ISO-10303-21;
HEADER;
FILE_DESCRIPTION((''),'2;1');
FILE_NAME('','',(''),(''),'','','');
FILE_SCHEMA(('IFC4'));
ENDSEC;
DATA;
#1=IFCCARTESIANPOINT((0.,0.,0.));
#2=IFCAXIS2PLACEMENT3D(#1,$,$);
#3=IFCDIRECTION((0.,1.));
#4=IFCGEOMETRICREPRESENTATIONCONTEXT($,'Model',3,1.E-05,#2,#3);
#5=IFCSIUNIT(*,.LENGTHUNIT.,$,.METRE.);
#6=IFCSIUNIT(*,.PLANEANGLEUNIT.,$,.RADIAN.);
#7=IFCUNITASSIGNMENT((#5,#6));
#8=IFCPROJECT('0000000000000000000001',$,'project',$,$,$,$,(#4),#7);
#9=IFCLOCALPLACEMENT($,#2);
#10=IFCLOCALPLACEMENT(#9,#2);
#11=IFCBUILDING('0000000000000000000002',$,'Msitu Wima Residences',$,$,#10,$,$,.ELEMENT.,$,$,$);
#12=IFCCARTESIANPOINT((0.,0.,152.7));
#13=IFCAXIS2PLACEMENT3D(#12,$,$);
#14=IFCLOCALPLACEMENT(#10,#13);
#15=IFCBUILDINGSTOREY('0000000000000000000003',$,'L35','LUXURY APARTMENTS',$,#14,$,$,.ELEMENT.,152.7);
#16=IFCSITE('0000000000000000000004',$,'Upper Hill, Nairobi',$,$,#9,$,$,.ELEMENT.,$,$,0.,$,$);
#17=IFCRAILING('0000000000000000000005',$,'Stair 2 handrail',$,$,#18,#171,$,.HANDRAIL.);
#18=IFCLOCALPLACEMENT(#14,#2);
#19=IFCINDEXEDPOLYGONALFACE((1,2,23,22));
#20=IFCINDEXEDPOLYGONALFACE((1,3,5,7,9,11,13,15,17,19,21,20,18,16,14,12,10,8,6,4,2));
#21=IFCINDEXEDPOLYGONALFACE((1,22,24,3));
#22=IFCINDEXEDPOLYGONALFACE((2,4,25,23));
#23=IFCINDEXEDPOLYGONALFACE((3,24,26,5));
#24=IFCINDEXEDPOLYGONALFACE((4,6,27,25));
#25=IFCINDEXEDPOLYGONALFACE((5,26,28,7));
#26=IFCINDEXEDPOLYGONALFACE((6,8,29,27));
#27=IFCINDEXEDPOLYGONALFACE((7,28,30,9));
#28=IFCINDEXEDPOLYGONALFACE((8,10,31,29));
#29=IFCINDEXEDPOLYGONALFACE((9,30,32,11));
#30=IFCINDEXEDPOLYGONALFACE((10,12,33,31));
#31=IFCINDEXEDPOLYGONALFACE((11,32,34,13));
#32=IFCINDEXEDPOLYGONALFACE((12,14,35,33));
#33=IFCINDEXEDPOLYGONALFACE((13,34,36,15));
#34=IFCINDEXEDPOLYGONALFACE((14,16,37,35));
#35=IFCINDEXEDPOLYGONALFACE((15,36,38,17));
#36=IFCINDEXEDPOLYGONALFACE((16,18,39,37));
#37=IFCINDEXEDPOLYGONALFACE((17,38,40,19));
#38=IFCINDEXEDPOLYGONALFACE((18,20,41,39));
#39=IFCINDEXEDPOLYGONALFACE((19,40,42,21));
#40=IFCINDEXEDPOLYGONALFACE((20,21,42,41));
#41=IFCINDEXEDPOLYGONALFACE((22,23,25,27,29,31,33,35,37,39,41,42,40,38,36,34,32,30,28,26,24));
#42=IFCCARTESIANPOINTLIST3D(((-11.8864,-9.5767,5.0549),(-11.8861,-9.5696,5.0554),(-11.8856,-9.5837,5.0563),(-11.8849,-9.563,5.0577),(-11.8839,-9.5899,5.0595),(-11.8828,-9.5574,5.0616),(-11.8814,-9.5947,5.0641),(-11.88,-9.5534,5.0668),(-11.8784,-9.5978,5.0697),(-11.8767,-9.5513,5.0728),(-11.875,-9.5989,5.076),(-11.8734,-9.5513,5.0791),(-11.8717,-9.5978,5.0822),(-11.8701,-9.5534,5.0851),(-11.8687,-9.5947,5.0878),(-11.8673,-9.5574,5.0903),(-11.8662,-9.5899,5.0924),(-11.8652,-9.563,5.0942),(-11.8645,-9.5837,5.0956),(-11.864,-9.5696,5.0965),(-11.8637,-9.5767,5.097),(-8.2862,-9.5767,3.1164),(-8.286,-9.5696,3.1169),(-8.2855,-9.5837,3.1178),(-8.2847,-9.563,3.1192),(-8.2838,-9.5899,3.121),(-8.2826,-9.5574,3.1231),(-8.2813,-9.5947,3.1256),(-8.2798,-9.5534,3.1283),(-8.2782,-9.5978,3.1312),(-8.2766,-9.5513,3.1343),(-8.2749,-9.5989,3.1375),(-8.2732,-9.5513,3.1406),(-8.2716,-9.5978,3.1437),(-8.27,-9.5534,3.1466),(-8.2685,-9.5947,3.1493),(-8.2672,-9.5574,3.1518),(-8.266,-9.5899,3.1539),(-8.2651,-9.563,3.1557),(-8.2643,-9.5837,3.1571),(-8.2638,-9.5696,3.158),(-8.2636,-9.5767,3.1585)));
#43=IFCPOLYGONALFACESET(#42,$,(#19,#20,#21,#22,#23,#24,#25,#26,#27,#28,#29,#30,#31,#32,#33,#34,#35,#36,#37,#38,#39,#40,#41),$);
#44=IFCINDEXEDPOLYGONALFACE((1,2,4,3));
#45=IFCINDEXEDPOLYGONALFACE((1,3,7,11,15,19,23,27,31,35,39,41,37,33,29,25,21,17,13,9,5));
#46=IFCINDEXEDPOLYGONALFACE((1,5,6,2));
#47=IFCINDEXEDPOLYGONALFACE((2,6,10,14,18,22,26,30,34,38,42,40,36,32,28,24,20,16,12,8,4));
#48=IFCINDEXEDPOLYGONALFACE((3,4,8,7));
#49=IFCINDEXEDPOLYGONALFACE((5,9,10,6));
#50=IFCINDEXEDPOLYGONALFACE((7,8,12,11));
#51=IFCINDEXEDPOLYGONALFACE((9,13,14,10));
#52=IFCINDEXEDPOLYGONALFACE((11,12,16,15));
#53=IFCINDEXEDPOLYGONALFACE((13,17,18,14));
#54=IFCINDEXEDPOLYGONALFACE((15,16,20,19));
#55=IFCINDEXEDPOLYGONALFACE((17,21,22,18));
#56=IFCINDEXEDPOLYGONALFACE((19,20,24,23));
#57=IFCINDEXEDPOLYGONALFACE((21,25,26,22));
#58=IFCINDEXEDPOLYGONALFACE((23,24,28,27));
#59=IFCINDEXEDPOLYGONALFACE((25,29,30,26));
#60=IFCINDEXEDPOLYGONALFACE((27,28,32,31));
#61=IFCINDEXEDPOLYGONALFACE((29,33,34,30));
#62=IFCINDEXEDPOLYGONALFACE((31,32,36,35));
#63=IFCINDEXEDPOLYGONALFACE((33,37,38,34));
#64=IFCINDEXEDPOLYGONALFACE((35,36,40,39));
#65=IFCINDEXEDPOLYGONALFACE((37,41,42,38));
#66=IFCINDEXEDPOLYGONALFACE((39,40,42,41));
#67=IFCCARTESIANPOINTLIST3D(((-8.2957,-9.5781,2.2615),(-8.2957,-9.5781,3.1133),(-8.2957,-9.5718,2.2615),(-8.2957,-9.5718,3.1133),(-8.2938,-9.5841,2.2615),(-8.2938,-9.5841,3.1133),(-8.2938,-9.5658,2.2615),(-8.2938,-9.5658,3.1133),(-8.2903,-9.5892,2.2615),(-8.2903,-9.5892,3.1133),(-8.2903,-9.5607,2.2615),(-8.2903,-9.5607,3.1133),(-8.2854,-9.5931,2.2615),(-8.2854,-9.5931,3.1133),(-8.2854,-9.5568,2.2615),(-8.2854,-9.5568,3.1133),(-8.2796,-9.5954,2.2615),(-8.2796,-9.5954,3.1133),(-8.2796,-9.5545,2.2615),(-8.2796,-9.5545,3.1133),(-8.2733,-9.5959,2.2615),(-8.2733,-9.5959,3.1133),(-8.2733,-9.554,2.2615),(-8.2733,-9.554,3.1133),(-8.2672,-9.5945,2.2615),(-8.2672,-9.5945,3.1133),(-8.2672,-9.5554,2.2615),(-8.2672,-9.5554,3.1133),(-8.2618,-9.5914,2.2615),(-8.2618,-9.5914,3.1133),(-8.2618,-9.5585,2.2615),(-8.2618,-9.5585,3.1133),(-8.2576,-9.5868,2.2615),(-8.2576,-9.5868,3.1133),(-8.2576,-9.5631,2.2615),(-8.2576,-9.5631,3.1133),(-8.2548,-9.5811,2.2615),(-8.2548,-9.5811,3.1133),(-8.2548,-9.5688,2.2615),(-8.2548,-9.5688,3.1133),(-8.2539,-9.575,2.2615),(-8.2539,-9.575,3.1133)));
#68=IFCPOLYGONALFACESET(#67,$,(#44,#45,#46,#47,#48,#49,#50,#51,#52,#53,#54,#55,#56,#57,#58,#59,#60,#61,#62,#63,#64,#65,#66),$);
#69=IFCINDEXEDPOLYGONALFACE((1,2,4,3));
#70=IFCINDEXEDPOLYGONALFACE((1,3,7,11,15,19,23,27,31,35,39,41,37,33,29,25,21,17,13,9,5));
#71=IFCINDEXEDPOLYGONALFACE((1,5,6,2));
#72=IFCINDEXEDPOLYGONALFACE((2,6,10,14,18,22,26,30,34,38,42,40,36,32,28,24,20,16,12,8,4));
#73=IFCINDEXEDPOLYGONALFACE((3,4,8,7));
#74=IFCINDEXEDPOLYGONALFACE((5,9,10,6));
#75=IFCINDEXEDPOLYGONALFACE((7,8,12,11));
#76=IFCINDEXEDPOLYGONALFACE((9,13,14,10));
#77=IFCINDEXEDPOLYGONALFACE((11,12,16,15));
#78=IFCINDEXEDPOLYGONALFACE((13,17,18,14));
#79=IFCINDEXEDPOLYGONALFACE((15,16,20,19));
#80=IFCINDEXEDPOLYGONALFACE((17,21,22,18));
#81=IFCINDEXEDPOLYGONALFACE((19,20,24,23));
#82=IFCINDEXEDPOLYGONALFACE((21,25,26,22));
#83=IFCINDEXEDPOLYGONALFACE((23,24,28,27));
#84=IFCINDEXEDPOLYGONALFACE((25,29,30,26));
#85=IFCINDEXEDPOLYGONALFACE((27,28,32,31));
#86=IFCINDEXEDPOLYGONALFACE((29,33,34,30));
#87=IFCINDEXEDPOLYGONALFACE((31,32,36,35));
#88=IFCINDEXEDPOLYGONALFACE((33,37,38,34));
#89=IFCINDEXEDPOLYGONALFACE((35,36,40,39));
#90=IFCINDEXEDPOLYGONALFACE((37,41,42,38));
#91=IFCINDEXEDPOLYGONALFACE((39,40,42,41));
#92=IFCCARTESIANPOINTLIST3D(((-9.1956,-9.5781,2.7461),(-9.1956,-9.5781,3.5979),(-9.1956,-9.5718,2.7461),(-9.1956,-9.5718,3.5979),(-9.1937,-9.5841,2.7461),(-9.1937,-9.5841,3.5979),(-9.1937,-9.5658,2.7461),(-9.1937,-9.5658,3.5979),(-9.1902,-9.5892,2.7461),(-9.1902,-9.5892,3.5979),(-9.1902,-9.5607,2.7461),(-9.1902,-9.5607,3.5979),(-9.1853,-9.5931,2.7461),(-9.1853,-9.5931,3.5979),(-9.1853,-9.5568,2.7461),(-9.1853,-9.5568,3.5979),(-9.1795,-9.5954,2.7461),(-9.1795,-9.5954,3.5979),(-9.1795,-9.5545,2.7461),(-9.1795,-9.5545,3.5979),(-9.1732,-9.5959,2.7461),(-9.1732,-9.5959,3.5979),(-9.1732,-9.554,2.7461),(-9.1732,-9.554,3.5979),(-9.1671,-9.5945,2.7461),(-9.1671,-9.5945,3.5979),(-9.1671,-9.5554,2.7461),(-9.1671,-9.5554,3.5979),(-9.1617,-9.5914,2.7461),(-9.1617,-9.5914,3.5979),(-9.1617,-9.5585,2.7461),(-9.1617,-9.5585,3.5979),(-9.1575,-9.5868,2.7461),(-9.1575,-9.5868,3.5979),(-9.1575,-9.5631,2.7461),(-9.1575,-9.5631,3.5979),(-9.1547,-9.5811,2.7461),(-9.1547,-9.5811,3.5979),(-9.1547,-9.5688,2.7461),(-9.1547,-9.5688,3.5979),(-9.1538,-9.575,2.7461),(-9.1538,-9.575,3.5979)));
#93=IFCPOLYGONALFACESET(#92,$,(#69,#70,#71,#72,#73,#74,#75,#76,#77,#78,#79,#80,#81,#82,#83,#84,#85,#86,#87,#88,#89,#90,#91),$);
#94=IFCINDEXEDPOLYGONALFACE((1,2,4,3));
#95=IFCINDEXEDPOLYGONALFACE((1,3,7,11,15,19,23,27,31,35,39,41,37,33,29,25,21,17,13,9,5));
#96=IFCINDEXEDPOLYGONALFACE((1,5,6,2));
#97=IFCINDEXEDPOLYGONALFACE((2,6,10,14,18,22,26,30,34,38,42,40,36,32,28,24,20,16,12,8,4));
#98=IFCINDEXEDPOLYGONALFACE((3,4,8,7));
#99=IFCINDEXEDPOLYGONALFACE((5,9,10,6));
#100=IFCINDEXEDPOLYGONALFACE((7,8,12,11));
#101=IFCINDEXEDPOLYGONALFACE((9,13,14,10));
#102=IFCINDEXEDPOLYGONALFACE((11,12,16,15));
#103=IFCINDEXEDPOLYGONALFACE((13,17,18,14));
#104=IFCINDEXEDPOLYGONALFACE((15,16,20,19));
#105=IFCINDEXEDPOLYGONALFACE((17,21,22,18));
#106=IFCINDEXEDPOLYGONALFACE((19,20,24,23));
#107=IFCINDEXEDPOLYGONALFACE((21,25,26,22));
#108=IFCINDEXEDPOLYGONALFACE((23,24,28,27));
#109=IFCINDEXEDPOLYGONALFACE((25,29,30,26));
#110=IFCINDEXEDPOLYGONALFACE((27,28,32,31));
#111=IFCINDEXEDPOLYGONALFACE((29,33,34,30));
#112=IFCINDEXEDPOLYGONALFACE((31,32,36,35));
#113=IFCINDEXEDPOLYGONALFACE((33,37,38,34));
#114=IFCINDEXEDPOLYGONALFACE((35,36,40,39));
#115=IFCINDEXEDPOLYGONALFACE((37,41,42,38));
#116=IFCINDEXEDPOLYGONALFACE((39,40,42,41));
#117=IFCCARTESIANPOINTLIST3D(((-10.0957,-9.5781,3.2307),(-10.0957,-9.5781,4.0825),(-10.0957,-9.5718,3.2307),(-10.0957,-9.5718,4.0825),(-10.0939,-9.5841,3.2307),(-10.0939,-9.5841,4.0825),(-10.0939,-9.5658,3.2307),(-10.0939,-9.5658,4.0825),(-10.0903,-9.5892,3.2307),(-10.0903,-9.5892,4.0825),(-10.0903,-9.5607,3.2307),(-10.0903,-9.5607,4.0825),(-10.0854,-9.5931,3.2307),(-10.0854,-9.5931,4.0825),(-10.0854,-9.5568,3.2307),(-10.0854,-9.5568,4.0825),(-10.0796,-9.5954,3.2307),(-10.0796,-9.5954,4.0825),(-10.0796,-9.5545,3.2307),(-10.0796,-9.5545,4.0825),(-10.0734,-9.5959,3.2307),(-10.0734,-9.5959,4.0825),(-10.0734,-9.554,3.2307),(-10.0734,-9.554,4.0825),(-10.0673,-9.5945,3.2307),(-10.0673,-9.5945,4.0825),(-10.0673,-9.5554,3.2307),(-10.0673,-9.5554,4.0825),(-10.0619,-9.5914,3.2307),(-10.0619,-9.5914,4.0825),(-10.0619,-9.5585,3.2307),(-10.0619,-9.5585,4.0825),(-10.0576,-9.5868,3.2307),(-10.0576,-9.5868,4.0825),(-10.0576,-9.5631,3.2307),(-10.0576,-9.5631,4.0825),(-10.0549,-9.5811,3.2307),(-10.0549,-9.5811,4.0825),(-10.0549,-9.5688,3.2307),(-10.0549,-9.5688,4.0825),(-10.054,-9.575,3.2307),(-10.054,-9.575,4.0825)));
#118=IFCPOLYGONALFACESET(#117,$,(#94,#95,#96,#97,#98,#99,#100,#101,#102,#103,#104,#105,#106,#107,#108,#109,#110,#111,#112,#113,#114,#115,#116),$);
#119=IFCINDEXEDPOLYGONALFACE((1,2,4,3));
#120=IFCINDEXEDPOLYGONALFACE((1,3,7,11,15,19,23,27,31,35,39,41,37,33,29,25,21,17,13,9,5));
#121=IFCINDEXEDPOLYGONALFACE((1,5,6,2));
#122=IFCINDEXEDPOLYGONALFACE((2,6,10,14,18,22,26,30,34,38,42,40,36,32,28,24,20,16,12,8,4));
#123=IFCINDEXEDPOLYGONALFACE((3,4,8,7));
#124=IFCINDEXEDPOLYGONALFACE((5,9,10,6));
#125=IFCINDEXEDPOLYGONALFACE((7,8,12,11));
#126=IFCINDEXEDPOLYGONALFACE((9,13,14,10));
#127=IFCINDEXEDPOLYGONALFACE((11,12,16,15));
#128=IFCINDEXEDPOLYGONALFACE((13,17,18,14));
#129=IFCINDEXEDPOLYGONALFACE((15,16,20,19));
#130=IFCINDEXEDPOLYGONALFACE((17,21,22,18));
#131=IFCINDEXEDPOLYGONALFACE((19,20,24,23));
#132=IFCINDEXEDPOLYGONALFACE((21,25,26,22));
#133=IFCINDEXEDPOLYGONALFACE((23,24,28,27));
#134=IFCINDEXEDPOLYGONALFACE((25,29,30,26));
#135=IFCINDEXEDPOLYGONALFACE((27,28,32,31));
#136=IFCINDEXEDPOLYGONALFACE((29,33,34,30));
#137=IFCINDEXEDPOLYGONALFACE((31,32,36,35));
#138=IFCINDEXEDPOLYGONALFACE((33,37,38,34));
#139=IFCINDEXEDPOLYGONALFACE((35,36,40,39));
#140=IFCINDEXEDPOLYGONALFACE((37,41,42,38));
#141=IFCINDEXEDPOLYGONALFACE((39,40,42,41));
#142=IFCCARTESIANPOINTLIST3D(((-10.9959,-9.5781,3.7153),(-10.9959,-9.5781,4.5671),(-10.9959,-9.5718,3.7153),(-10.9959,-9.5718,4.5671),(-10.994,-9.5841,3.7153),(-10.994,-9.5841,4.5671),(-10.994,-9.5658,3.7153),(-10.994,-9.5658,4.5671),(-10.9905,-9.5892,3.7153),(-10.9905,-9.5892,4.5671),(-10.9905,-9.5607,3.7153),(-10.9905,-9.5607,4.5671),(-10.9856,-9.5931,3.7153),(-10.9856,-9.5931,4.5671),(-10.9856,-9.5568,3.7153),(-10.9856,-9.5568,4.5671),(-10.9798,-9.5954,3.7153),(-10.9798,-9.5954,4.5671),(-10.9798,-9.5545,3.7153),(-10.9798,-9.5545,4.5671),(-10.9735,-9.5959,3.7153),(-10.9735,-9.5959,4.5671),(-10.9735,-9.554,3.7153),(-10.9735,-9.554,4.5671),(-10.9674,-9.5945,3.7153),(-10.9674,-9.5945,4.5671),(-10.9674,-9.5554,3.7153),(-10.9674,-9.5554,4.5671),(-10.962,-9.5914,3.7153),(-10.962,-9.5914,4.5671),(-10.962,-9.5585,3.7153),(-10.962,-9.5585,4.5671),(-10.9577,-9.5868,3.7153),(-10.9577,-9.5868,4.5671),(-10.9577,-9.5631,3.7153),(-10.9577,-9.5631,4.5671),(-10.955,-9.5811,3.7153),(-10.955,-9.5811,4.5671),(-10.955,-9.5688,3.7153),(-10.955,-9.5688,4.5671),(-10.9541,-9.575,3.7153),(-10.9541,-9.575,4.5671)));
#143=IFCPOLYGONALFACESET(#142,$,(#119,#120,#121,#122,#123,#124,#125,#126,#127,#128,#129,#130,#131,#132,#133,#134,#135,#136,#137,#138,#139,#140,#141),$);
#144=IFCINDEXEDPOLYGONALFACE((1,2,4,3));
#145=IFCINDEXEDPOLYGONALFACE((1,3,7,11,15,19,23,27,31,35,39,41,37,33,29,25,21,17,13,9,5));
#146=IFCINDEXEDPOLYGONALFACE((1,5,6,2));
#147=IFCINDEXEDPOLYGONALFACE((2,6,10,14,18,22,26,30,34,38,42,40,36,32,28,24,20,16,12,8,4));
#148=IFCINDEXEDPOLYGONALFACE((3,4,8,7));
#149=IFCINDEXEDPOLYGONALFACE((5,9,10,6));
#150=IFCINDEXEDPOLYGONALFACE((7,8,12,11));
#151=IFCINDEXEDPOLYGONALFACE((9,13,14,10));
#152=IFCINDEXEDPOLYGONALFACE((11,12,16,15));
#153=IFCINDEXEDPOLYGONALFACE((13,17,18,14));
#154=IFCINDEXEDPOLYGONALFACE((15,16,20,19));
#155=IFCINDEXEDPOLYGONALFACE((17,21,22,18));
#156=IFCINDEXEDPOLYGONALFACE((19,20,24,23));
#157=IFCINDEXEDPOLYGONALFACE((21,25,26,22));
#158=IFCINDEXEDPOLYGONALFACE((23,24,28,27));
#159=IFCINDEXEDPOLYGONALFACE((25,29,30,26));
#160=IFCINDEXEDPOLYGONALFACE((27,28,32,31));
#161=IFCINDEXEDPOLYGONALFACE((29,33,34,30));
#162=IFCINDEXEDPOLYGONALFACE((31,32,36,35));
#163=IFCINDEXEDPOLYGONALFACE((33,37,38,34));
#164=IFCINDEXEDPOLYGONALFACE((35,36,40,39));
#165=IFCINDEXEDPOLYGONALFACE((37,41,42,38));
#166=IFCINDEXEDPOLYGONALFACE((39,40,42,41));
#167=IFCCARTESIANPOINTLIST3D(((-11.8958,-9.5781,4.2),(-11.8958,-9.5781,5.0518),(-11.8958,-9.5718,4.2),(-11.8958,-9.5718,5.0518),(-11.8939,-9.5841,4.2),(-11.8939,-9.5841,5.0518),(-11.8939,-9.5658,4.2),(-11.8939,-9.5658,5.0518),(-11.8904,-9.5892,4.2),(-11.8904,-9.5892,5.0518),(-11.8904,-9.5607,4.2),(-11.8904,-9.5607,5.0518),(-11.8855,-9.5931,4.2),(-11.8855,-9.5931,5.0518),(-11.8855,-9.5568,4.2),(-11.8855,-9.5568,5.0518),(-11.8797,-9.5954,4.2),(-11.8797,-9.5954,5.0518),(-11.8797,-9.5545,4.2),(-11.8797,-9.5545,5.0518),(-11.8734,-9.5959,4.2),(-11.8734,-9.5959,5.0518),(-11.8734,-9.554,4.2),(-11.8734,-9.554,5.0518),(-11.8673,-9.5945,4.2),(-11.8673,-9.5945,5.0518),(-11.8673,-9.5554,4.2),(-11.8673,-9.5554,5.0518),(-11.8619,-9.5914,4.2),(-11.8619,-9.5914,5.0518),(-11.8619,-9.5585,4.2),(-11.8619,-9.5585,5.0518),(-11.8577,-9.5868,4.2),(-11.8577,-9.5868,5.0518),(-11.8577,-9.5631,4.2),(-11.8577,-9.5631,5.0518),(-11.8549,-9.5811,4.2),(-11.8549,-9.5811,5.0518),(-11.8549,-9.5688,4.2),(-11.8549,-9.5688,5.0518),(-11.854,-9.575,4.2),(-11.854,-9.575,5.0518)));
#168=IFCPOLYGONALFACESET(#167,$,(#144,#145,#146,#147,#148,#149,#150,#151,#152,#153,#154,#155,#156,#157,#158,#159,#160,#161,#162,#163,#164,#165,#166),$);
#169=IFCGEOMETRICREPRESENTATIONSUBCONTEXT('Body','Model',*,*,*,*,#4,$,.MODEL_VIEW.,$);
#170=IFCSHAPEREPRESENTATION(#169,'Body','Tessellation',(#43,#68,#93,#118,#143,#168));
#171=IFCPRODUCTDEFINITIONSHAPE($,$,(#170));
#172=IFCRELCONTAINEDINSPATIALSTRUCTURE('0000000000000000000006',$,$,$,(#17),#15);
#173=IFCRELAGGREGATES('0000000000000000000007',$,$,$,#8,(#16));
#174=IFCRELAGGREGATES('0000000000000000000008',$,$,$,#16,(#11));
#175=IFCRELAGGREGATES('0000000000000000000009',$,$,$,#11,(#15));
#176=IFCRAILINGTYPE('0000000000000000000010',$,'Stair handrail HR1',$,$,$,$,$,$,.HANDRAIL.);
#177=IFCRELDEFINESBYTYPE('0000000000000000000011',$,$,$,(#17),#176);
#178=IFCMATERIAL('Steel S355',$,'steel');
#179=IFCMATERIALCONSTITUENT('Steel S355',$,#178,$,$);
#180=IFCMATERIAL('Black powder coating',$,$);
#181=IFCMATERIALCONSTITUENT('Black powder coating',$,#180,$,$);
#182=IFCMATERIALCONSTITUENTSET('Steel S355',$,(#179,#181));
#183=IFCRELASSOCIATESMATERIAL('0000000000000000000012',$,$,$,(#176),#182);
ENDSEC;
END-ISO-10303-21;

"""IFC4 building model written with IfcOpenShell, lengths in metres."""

from ifc_helpers import new_model, si_unit, direction, frame, origin, origin_2d, place, context, subcontext, project, spatial, circle, extrude, material, constituent, constituent_set, type_object, element, save


model = new_model("IFC4")

# Units and contexts
model_context = context("Model", 3, precision=1e-05, world=origin(), true_north=direction((0.0, 1.0)))
body_context = subcontext(model_context, "Body", "Model", "MODEL_VIEW")
ifc_project = project(units=[si_unit("LENGTHUNIT", "METRE"), si_unit("PLANEANGLEUNIT", "RADIAN")], contexts=[model_context])

# Site, building, storey
site_placement = place(None, origin())
site = spatial("IfcSite", under=ifc_project, at=site_placement, Name="Upper Hill, Nairobi", CompositionType="ELEMENT", RefElevation=0.0)
building_placement = place(site_placement, origin())
building = spatial("IfcBuilding", under=site, at=building_placement, Name="Msitu Wima Residences", CompositionType="ELEMENT")
storey_placement = place(building_placement, frame((0.0, 0.0, 152.7)))
storey = spatial("IfcBuildingStorey", under=building, at=storey_placement, Name="L35", Description="LUXURY APARTMENTS", CompositionType="ELEMENT", Elevation=152.7)

# Railing
ifc_material_1 = material(Name="Steel S355", Category="steel")
ifc_constituent_1 = constituent(ifc_material_1, Name="Steel S355")
ifc_material_2 = material(Name="Black powder coating")
ifc_constituent_2 = constituent(ifc_material_2, Name="Black powder coating")
ifc_constituent_set = constituent_set(constituents=[ifc_constituent_1, ifc_constituent_2], Name="Steel S355")
railing_type = type_object("IfcRailingType", Name="Stair handrail HR1", PredefinedType="HANDRAIL", material=ifc_constituent_set)
railing_placement = place(storey_placement, frame((-8.2749, -9.575, 2.2615)))
element("IfcRailing", 1, at=railing_placement, inside=storey, type_object=railing_type, Name="Stair 2 handrail", PredefinedType="HANDRAIL", context=body_context, shape_type="SweptSolid", body=[
    extrude(circle(Radius=0.0239, at=origin_2d()), frame((0.0, 0.0, 0.876), z_axis=(-0.880475, 0.0, 0.474093), x_axis=(0.0, -1.0, 0.0)), (0.0, 0.0, 1.0), 4.0889),
    extrude(circle(Radius=0.021, at=origin_2d()), origin(), (0.0, 0.0, 1.0), 0.8518),
    extrude(circle(Radius=0.021, at=origin_2d()), frame((-0.8999, 0.0, 0.4846)), (0.0, 0.0, 1.0), 0.8518),
    extrude(circle(Radius=0.021, at=origin_2d()), frame((-1.8, 0.0, 0.9692)), (0.0, 0.0, 1.0), 0.8518),
    extrude(circle(Radius=0.021, at=origin_2d()), frame((-2.7002, 0.0, 1.4539)), (0.0, 0.0, 1.0), 0.8518),
    extrude(circle(Radius=0.021, at=origin_2d()), frame((-3.6001, 0.0, 1.9385)), (0.0, 0.0, 1.0), 0.8518),
])

save(model, "model.ifc")
